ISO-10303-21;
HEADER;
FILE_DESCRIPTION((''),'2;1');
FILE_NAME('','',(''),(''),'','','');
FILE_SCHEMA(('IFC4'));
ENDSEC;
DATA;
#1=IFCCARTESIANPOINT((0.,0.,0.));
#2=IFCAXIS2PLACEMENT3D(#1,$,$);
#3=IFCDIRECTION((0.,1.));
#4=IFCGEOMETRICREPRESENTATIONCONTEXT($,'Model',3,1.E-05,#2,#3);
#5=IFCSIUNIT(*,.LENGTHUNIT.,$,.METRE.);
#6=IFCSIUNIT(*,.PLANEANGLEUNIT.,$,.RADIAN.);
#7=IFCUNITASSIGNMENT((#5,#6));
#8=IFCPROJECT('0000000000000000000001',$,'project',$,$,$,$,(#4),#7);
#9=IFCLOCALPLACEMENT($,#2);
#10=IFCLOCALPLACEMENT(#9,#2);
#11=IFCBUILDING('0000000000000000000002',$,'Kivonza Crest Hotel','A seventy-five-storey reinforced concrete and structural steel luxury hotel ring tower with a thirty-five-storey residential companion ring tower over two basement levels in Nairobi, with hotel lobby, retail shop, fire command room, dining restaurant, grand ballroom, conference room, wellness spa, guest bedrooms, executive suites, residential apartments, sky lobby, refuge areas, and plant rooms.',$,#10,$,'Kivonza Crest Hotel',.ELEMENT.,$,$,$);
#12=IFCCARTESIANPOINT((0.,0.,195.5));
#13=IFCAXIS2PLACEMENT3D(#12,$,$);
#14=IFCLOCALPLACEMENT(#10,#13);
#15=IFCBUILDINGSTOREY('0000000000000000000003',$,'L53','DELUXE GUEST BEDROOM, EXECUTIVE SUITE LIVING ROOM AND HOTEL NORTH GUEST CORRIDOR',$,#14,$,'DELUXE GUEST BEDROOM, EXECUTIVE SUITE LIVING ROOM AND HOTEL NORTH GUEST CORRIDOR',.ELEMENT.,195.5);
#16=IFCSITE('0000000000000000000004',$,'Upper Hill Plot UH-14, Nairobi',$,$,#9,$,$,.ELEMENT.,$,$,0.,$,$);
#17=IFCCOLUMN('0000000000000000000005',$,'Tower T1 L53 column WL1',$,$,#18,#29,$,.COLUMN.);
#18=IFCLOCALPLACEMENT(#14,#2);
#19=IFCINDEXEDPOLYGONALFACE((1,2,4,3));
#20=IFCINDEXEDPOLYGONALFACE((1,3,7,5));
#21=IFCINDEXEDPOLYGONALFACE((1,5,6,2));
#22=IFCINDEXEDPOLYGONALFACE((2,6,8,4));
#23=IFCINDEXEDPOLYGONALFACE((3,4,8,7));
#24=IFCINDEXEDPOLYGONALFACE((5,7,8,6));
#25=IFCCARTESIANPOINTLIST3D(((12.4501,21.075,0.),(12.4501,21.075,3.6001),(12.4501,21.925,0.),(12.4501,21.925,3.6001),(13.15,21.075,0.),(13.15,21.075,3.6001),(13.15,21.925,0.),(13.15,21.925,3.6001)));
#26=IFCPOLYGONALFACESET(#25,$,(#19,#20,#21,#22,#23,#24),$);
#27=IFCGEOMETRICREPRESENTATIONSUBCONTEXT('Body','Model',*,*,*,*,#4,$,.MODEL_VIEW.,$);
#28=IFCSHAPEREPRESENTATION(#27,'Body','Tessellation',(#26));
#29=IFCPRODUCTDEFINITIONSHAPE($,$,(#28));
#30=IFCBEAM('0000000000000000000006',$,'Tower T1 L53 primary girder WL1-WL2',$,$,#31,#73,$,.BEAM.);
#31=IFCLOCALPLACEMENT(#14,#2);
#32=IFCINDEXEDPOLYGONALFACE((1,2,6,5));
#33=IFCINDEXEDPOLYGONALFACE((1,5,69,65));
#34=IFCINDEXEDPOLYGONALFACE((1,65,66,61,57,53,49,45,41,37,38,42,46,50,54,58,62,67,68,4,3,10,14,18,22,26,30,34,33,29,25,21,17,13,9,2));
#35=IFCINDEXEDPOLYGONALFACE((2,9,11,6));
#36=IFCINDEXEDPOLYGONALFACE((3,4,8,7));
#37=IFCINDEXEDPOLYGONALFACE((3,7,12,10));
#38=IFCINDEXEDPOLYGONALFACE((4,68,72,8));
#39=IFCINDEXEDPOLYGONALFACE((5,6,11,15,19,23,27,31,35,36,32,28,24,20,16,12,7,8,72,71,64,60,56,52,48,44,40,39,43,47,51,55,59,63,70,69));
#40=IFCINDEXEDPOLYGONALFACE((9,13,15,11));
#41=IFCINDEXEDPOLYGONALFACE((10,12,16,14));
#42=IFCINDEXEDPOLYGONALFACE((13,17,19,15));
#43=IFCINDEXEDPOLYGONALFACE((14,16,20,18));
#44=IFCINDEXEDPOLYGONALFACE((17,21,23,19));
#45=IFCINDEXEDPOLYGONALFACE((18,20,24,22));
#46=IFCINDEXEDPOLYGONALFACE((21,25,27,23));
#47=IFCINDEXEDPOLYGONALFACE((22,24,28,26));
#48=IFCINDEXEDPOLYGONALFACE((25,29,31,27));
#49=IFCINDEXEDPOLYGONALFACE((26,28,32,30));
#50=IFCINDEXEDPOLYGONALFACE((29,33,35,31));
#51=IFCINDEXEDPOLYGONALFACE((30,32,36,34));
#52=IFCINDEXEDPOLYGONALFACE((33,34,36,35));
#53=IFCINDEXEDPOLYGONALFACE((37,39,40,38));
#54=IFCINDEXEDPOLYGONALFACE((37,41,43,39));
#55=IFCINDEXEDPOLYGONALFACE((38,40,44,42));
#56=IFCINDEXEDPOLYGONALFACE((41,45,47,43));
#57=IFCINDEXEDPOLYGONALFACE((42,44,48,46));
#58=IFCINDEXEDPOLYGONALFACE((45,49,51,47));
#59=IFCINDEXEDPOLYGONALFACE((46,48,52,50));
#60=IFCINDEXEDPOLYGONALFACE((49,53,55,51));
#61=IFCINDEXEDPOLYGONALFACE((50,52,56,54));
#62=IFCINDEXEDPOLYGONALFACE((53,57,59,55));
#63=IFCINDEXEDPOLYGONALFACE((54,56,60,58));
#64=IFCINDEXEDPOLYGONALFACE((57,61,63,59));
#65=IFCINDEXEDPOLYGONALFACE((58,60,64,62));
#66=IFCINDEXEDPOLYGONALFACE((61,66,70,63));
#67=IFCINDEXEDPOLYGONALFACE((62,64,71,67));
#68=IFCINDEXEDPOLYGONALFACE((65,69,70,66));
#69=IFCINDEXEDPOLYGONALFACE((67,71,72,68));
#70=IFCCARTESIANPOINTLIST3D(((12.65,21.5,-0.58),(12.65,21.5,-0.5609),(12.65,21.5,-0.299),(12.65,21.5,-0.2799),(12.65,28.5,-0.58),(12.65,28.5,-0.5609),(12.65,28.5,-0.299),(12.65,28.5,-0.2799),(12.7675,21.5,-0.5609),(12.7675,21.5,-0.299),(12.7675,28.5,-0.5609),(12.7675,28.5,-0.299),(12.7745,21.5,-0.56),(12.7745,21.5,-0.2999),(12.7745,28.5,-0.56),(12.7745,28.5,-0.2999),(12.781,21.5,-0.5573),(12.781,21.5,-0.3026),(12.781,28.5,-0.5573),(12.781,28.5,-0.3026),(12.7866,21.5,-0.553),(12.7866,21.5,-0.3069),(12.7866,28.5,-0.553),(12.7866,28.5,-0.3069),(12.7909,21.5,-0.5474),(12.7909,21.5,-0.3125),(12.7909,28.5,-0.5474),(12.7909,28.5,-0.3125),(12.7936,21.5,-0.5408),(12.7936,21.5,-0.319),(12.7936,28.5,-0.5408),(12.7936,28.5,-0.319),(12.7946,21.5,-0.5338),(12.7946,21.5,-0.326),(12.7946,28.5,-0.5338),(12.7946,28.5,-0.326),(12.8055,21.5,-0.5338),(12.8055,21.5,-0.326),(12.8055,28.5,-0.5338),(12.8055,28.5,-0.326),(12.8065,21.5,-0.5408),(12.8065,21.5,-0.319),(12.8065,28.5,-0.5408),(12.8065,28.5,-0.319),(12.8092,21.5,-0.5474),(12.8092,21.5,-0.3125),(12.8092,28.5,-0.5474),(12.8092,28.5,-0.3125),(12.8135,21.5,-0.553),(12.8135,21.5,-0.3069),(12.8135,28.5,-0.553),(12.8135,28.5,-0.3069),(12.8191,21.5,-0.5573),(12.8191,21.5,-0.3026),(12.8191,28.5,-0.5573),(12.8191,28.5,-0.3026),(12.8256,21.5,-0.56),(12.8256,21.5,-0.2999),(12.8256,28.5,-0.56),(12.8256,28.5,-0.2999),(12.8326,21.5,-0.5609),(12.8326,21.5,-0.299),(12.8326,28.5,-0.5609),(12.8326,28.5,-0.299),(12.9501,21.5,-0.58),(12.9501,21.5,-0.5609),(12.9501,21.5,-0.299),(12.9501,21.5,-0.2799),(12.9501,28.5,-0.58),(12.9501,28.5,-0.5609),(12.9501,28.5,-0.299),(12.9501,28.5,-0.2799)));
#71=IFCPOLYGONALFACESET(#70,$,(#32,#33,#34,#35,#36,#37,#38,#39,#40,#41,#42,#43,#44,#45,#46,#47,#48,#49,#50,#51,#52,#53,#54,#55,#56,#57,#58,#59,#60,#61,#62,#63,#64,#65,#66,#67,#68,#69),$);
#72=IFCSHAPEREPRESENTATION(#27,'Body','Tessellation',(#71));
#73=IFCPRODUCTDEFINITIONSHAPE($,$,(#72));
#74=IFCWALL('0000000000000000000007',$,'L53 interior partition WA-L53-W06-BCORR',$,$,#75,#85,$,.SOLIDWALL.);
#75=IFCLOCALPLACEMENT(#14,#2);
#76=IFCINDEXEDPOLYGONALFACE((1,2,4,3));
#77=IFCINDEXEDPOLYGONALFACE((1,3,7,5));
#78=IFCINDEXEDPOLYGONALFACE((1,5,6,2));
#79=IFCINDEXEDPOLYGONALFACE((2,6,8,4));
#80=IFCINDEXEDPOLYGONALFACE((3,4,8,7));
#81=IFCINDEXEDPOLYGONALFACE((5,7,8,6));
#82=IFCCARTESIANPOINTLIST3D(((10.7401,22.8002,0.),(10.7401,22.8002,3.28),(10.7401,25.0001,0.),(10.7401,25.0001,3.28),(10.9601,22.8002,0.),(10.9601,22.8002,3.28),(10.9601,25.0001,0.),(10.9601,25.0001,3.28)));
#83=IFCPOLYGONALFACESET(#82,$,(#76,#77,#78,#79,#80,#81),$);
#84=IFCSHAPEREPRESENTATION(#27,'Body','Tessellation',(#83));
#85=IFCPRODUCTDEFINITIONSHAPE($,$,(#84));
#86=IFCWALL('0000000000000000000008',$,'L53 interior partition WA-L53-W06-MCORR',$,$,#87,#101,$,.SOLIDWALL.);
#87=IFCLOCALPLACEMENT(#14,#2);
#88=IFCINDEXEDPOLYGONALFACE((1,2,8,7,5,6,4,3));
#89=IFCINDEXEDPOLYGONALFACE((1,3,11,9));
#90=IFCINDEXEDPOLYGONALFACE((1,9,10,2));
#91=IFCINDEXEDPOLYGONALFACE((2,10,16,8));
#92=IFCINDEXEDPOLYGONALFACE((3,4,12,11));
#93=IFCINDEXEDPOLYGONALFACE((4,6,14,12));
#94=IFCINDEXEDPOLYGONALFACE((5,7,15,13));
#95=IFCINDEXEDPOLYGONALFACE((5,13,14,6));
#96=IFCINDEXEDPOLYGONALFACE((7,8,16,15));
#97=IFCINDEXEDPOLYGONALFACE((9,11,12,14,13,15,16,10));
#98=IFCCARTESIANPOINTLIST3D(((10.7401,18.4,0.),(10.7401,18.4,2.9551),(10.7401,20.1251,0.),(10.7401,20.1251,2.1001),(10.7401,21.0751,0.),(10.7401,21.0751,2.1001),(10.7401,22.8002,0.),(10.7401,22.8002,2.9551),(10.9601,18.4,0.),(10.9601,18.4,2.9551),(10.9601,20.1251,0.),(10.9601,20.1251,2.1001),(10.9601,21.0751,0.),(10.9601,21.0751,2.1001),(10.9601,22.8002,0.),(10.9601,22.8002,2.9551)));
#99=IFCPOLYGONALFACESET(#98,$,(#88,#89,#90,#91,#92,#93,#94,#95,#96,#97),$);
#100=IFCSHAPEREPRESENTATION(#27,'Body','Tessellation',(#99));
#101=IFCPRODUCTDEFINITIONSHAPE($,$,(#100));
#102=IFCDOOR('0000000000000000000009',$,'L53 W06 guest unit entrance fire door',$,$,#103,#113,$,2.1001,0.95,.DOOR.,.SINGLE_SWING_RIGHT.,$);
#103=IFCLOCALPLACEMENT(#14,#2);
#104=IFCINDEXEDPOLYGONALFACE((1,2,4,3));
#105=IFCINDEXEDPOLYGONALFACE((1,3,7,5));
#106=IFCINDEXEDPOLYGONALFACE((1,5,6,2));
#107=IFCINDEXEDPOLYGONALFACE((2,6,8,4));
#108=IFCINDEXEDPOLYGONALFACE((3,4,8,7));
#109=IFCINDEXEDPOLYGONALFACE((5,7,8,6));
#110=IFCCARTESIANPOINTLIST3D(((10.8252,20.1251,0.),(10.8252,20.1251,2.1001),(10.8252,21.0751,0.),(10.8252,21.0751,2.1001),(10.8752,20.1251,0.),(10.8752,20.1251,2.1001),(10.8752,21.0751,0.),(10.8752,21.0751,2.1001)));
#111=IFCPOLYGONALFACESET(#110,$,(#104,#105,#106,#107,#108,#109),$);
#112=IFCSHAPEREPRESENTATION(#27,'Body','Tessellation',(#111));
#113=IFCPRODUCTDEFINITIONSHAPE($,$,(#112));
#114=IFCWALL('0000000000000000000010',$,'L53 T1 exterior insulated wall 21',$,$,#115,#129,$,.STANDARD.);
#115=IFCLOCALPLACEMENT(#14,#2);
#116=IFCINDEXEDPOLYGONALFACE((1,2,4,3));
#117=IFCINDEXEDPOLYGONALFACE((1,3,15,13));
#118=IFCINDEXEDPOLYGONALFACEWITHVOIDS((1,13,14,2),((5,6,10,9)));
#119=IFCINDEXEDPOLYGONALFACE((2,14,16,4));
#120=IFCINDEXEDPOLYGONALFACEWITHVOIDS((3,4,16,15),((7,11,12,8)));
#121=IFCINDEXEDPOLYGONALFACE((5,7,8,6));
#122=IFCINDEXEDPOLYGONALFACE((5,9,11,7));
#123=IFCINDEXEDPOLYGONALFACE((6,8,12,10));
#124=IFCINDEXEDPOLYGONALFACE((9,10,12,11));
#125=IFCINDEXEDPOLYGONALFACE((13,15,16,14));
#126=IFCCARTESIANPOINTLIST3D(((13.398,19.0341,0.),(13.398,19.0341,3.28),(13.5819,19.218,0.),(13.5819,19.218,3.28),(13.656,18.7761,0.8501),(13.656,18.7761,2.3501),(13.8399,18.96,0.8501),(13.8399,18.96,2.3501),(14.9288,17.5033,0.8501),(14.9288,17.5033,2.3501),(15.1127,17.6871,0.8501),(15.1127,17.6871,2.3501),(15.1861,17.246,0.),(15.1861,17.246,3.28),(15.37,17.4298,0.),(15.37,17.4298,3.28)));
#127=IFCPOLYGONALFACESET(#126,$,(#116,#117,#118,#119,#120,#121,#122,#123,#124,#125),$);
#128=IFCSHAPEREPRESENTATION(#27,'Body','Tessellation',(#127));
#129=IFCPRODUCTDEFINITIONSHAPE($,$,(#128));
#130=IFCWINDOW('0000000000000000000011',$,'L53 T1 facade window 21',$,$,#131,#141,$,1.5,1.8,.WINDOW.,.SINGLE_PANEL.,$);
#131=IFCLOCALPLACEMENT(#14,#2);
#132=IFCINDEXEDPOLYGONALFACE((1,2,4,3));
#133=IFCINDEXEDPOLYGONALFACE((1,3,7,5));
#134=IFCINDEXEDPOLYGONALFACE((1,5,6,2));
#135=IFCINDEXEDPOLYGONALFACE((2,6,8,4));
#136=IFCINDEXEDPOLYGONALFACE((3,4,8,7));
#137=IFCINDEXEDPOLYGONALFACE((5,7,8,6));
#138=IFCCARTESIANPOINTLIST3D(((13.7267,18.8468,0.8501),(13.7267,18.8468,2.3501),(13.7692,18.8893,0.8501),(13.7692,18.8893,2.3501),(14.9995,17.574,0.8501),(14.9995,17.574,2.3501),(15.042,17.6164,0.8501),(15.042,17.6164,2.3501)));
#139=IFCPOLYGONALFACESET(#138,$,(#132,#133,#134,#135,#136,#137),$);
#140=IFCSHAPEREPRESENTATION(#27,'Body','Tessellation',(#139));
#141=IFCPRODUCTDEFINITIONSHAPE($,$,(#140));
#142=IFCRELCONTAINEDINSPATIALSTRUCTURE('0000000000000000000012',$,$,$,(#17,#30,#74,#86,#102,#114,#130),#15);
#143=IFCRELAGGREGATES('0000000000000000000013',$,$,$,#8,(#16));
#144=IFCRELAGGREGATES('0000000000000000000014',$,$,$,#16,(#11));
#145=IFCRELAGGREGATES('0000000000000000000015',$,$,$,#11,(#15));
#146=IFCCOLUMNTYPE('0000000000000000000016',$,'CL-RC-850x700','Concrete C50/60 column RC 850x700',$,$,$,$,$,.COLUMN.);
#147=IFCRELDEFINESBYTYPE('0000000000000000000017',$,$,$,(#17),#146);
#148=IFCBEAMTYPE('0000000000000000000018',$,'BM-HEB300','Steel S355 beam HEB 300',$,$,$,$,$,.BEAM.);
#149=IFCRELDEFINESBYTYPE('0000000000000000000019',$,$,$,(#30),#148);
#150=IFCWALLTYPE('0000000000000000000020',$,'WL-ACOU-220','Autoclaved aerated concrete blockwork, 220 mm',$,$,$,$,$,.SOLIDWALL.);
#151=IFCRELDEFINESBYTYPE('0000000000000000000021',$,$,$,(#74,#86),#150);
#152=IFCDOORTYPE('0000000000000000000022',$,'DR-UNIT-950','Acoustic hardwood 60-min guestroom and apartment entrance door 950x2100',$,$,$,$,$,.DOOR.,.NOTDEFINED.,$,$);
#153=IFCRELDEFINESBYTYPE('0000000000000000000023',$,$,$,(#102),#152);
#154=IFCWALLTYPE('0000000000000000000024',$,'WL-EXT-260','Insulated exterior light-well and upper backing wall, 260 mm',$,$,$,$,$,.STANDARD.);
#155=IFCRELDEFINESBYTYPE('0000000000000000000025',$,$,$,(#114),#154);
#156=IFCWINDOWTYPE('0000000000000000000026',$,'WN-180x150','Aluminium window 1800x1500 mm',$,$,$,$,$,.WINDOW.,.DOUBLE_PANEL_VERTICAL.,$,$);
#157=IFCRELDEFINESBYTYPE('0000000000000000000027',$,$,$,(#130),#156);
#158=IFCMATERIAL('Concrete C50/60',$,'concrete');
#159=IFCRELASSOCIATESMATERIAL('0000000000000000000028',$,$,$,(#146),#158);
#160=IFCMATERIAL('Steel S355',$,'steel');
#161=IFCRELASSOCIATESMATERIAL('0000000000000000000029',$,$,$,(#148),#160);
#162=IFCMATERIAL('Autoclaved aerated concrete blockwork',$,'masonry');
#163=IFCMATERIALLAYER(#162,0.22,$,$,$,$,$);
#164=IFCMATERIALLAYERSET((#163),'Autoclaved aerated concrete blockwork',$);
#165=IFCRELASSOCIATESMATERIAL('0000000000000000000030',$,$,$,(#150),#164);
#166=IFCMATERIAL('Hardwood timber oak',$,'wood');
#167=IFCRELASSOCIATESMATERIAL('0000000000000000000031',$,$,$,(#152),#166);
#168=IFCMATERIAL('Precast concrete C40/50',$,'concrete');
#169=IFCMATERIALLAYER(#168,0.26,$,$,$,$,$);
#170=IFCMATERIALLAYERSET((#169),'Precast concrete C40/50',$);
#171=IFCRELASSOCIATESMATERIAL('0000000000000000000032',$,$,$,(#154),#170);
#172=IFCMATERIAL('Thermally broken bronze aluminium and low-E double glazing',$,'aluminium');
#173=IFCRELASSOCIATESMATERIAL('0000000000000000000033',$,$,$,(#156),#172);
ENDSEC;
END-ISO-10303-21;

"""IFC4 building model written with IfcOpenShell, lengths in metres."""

from ifc_helpers import new_model, si_unit, direction, frame, frame_2d, origin, origin_2d, place, context, subcontext, project, spatial, rectangle, i_section, extrude, material, layer, layer_set, material_profile, profile_set, type_object, element, fill, save


model = new_model("IFC4")

# Units and contexts
model_context = context("Model", 3, precision=1e-05, world=origin(), true_north=direction((0.0, 1.0)))
body_context = subcontext(model_context, "Body", "Model", "MODEL_VIEW")
ifc_project = project(units=[si_unit("LENGTHUNIT", "METRE"), si_unit("PLANEANGLEUNIT", "RADIAN")], contexts=[model_context])

# Site, building, storey
site_placement = place(None, origin())
site = spatial("IfcSite", under=ifc_project, at=site_placement, Name="Upper Hill Plot UH-14, Nairobi", CompositionType="ELEMENT", RefElevation=0.0)
building_placement = place(site_placement, origin())
building = spatial("IfcBuilding", under=site, at=building_placement, Name="Kivonza Crest Hotel", Description="A seventy-five-storey reinforced concrete and structural steel luxury hotel ring tower with a thirty-five-storey residential companion ring tower over two basement levels in Nairobi, with hotel lobby, retail shop, fire command room, dining restaurant, grand ballroom, conference room, wellness spa, guest bedrooms, executive suites, residential apartments, sky lobby, refuge areas, and plant rooms.", LongName="Kivonza Crest Hotel", CompositionType="ELEMENT")
storey_placement = place(building_placement, frame((0.0, 0.0, 195.5)))
storey = spatial("IfcBuildingStorey", under=building, at=storey_placement, Name="L53", Description="DELUXE GUEST BEDROOM, EXECUTIVE SUITE LIVING ROOM AND HOTEL NORTH GUEST CORRIDOR", LongName="DELUXE GUEST BEDROOM, EXECUTIVE SUITE LIVING ROOM AND HOTEL NORTH GUEST CORRIDOR", CompositionType="ELEMENT", Elevation=195.5)

# Column
ifc_material_1 = material(Name="Concrete C50/60", Category="concrete")
ifc_material_profile_1 = material_profile(ifc_material_1, rectangle(XDim=0.7, YDim=0.8501, at=origin_2d()), Name="RC 850x700")
ifc_profile_set_1 = profile_set([ifc_material_profile_1], Name="Concrete C50/60")
column_type = type_object("IfcColumnType", Name="CL-RC-850x700", Description="Concrete C50/60 column RC 850x700", PredefinedType="COLUMN", material=ifc_profile_set_1)
column_placement = place(storey_placement, frame((12.8, 21.5, 0.0), z_axis=(0.0, 0.0, 1.0), x_axis=(1.0, 0.0, 0.0)))
element("IfcColumn", 1, at=column_placement, inside=storey, type_object=column_type, Name="Tower T1 L53 column WL1", PredefinedType="COLUMN", context=body_context, shape_type="SweptSolid", body=[
    extrude(rectangle(XDim=0.7, YDim=0.8501, at=origin_2d()), origin(), (0.0, 0.0, 1.0), 3.6001),
])

# Beam
ifc_material_2 = material(Name="Steel S355", Category="steel")
ifc_material_profile_2 = material_profile(ifc_material_2, i_section(OverallWidth=0.3, OverallDepth=0.3, WebThickness=0.011, FlangeThickness=0.019, FilletRadius=0.0271, at=origin_2d()), Name="HEB 300")
ifc_profile_set_2 = profile_set([ifc_material_profile_2], Name="Steel S355")
beam_type = type_object("IfcBeamType", Name="BM-HEB300", Description="Steel S355 beam HEB 300", PredefinedType="BEAM", material=ifc_profile_set_2)
beam_placement = place(storey_placement, frame((12.8, 21.5, -0.4299), z_axis=(0.0, 1.0, 0.0), x_axis=(-1.0, 0.0, 0.0)))
element("IfcBeam", 2, at=beam_placement, inside=storey, type_object=beam_type, Name="Tower T1 L53 primary girder WL1-WL2", PredefinedType="BEAM", context=body_context, shape_type="SweptSolid", body=[
    extrude(i_section(OverallWidth=0.3, OverallDepth=0.3, WebThickness=0.011, FlangeThickness=0.019, FilletRadius=0.0271, at=origin_2d()), origin(), (0.0, 0.0, 1.0), 7.0),
])

# Wall
ifc_material_3 = material(Name="Autoclaved aerated concrete blockwork", Category="masonry")
ifc_layer_1 = layer(ifc_material_3, 0.22)
ifc_layer_set_1 = layer_set([ifc_layer_1], Name="Autoclaved aerated concrete blockwork")
wall_type_1 = type_object("IfcWallType", Name="WL-ACOU-220", Description="Autoclaved aerated concrete blockwork, 220 mm", PredefinedType="SOLIDWALL", material=ifc_layer_set_1)
wall_1_placement = place(storey_placement, frame((10.8501, 22.8, 0.0), z_axis=(0.0, 0.0, 1.0), x_axis=(0.0, 1.0, 0.0)))
element("IfcWall", 3, at=wall_1_placement, inside=storey, type_object=wall_type_1, Name="L53 interior partition WA-L53-W06-BCORR", PredefinedType="SOLIDWALL", context=body_context, shape_type="SweptSolid", body=[
    extrude(rectangle(XDim=2.2, YDim=0.22, at=frame_2d((1.1001, 0.0))), origin(), (0.0, 0.0, 1.0), 3.28),
])

# Wall, opening, door
wall_2_placement = place(storey_placement, frame((10.8501, 18.3999, 0.0), z_axis=(0.0, 0.0, 1.0), x_axis=(0.0, 1.0, 0.0)))
wall_2 = element("IfcWall", 4, at=wall_2_placement, inside=storey, type_object=wall_type_1, Name="L53 interior partition WA-L53-W06-MCORR", PredefinedType="SOLIDWALL", context=body_context, shape_type="SweptSolid", body=[
    extrude(rectangle(XDim=4.4001, YDim=0.22, at=frame_2d((2.2002, 0.0))), origin(), (0.0, 0.0, 1.0), 2.9551),
])
opening_1_placement = place(wall_2_placement, frame((1.7251, 0.0, 0.0)))
opening_1 = element("IfcOpeningElement", 5, at=opening_1_placement, cuts=wall_2, PredefinedType="OPENING", context=body_context, shape_type="SweptSolid", body=[
    extrude(rectangle(XDim=0.95, YDim=2.1001, at=frame_2d((0.4751, 1.05))), frame((0.0, 0.1201, 0.0), z_axis=(0.0, -1.0, 0.0), x_axis=(1.0, 0.0, 0.0)), (0.0, 0.0, 1.0), 0.24),
])
ifc_material_4 = material(Name="Hardwood timber oak", Category="wood")
door_type_1 = type_object("IfcDoorType", Name="DR-UNIT-950", Description="Acoustic hardwood 60-min guestroom and apartment entrance door 950x2100", OperationType="NOTDEFINED", PredefinedType="DOOR", material=ifc_material_4)
door_1_placement = place(opening_1_placement, origin())
door_1 = element("IfcDoor", 6, at=door_1_placement, inside=storey, type_object=door_type_1, Name="L53 W06 guest unit entrance fire door", OperationType="SINGLE_SWING_RIGHT", OverallHeight=2.1001, OverallWidth=0.95, PredefinedType="DOOR", context=body_context, shape_type="SweptSolid", body=[
    extrude(rectangle(XDim=0.95, YDim=2.1001, at=frame_2d((0.4751, 1.05))), frame((0.0, 0.0249, 0.0), z_axis=(0.0, -1.0, 0.0), x_axis=(1.0, 0.0, 0.0)), (0.0, 0.0, 1.0), 0.05),
])
fill(opening_1, door_1)

# Wall, opening, window
ifc_material_5 = material(Name="Precast concrete C40/50", Category="concrete")
ifc_layer_2 = layer(ifc_material_5, 0.26)
ifc_layer_set_2 = layer_set([ifc_layer_2], Name="Precast concrete C40/50")
wall_type_2 = type_object("IfcWallType", Name="WL-EXT-260", Description="Insulated exterior light-well and upper backing wall, 260 mm", PredefinedType="STANDARD", material=ifc_layer_set_2)
wall_3_placement = place(storey_placement, frame((15.2781, 17.3379, 0.0), z_axis=(0.0, 0.0, 1.0), x_axis=(-0.707107, 0.707107, 0.0)))
wall_3 = element("IfcWall", 7, at=wall_3_placement, inside=storey, type_object=wall_type_2, Name="L53 T1 exterior insulated wall 21", PredefinedType="STANDARD", context=body_context, shape_type="SweptSolid", body=[
    extrude(rectangle(XDim=2.5288, YDim=0.26, at=frame_2d((1.2644, 0.0))), origin(), (0.0, 0.0, 1.0), 3.28),
])
opening_2_placement = place(wall_3_placement, frame((0.364, 0.0, 0.8501)))
opening_2 = element("IfcOpeningElement", 8, at=opening_2_placement, cuts=wall_3, PredefinedType="OPENING", context=body_context, shape_type="SweptSolid", body=[
    extrude(rectangle(XDim=1.8, YDim=1.5, at=frame_2d((0.8999, 0.75))), frame((0.0, 0.1401, 0.0), z_axis=(0.0, -1.0, 0.0), x_axis=(1.0, 0.0, 0.0)), (0.0, 0.0, 1.0), 0.28),
])
ifc_material_6 = material(Name="Thermally broken bronze aluminium and low-E double glazing", Category="aluminium")
window_type_1 = type_object("IfcWindowType", Name="WN-180x150", Description="Aluminium window 1800x1500 mm", PartitioningType="DOUBLE_PANEL_VERTICAL", PredefinedType="WINDOW", material=ifc_material_6)
window_1_placement = place(opening_2_placement, origin())
window_1 = element("IfcWindow", 9, at=window_1_placement, inside=storey, type_object=window_type_1, Name="L53 T1 facade window 21", OverallHeight=1.5, OverallWidth=1.8, PartitioningType="SINGLE_PANEL", PredefinedType="WINDOW", context=body_context, shape_type="SweptSolid", body=[
    extrude(rectangle(XDim=1.8, YDim=1.5, at=frame_2d((0.8999, 0.75))), frame((0.0, 0.03, 0.0), z_axis=(0.0, -1.0, 0.0), x_axis=(1.0, 0.0, 0.0)), (0.0, 0.0, 1.0), 0.0601),
])
fill(opening_2, window_1)

save(model, "model.ifc")
